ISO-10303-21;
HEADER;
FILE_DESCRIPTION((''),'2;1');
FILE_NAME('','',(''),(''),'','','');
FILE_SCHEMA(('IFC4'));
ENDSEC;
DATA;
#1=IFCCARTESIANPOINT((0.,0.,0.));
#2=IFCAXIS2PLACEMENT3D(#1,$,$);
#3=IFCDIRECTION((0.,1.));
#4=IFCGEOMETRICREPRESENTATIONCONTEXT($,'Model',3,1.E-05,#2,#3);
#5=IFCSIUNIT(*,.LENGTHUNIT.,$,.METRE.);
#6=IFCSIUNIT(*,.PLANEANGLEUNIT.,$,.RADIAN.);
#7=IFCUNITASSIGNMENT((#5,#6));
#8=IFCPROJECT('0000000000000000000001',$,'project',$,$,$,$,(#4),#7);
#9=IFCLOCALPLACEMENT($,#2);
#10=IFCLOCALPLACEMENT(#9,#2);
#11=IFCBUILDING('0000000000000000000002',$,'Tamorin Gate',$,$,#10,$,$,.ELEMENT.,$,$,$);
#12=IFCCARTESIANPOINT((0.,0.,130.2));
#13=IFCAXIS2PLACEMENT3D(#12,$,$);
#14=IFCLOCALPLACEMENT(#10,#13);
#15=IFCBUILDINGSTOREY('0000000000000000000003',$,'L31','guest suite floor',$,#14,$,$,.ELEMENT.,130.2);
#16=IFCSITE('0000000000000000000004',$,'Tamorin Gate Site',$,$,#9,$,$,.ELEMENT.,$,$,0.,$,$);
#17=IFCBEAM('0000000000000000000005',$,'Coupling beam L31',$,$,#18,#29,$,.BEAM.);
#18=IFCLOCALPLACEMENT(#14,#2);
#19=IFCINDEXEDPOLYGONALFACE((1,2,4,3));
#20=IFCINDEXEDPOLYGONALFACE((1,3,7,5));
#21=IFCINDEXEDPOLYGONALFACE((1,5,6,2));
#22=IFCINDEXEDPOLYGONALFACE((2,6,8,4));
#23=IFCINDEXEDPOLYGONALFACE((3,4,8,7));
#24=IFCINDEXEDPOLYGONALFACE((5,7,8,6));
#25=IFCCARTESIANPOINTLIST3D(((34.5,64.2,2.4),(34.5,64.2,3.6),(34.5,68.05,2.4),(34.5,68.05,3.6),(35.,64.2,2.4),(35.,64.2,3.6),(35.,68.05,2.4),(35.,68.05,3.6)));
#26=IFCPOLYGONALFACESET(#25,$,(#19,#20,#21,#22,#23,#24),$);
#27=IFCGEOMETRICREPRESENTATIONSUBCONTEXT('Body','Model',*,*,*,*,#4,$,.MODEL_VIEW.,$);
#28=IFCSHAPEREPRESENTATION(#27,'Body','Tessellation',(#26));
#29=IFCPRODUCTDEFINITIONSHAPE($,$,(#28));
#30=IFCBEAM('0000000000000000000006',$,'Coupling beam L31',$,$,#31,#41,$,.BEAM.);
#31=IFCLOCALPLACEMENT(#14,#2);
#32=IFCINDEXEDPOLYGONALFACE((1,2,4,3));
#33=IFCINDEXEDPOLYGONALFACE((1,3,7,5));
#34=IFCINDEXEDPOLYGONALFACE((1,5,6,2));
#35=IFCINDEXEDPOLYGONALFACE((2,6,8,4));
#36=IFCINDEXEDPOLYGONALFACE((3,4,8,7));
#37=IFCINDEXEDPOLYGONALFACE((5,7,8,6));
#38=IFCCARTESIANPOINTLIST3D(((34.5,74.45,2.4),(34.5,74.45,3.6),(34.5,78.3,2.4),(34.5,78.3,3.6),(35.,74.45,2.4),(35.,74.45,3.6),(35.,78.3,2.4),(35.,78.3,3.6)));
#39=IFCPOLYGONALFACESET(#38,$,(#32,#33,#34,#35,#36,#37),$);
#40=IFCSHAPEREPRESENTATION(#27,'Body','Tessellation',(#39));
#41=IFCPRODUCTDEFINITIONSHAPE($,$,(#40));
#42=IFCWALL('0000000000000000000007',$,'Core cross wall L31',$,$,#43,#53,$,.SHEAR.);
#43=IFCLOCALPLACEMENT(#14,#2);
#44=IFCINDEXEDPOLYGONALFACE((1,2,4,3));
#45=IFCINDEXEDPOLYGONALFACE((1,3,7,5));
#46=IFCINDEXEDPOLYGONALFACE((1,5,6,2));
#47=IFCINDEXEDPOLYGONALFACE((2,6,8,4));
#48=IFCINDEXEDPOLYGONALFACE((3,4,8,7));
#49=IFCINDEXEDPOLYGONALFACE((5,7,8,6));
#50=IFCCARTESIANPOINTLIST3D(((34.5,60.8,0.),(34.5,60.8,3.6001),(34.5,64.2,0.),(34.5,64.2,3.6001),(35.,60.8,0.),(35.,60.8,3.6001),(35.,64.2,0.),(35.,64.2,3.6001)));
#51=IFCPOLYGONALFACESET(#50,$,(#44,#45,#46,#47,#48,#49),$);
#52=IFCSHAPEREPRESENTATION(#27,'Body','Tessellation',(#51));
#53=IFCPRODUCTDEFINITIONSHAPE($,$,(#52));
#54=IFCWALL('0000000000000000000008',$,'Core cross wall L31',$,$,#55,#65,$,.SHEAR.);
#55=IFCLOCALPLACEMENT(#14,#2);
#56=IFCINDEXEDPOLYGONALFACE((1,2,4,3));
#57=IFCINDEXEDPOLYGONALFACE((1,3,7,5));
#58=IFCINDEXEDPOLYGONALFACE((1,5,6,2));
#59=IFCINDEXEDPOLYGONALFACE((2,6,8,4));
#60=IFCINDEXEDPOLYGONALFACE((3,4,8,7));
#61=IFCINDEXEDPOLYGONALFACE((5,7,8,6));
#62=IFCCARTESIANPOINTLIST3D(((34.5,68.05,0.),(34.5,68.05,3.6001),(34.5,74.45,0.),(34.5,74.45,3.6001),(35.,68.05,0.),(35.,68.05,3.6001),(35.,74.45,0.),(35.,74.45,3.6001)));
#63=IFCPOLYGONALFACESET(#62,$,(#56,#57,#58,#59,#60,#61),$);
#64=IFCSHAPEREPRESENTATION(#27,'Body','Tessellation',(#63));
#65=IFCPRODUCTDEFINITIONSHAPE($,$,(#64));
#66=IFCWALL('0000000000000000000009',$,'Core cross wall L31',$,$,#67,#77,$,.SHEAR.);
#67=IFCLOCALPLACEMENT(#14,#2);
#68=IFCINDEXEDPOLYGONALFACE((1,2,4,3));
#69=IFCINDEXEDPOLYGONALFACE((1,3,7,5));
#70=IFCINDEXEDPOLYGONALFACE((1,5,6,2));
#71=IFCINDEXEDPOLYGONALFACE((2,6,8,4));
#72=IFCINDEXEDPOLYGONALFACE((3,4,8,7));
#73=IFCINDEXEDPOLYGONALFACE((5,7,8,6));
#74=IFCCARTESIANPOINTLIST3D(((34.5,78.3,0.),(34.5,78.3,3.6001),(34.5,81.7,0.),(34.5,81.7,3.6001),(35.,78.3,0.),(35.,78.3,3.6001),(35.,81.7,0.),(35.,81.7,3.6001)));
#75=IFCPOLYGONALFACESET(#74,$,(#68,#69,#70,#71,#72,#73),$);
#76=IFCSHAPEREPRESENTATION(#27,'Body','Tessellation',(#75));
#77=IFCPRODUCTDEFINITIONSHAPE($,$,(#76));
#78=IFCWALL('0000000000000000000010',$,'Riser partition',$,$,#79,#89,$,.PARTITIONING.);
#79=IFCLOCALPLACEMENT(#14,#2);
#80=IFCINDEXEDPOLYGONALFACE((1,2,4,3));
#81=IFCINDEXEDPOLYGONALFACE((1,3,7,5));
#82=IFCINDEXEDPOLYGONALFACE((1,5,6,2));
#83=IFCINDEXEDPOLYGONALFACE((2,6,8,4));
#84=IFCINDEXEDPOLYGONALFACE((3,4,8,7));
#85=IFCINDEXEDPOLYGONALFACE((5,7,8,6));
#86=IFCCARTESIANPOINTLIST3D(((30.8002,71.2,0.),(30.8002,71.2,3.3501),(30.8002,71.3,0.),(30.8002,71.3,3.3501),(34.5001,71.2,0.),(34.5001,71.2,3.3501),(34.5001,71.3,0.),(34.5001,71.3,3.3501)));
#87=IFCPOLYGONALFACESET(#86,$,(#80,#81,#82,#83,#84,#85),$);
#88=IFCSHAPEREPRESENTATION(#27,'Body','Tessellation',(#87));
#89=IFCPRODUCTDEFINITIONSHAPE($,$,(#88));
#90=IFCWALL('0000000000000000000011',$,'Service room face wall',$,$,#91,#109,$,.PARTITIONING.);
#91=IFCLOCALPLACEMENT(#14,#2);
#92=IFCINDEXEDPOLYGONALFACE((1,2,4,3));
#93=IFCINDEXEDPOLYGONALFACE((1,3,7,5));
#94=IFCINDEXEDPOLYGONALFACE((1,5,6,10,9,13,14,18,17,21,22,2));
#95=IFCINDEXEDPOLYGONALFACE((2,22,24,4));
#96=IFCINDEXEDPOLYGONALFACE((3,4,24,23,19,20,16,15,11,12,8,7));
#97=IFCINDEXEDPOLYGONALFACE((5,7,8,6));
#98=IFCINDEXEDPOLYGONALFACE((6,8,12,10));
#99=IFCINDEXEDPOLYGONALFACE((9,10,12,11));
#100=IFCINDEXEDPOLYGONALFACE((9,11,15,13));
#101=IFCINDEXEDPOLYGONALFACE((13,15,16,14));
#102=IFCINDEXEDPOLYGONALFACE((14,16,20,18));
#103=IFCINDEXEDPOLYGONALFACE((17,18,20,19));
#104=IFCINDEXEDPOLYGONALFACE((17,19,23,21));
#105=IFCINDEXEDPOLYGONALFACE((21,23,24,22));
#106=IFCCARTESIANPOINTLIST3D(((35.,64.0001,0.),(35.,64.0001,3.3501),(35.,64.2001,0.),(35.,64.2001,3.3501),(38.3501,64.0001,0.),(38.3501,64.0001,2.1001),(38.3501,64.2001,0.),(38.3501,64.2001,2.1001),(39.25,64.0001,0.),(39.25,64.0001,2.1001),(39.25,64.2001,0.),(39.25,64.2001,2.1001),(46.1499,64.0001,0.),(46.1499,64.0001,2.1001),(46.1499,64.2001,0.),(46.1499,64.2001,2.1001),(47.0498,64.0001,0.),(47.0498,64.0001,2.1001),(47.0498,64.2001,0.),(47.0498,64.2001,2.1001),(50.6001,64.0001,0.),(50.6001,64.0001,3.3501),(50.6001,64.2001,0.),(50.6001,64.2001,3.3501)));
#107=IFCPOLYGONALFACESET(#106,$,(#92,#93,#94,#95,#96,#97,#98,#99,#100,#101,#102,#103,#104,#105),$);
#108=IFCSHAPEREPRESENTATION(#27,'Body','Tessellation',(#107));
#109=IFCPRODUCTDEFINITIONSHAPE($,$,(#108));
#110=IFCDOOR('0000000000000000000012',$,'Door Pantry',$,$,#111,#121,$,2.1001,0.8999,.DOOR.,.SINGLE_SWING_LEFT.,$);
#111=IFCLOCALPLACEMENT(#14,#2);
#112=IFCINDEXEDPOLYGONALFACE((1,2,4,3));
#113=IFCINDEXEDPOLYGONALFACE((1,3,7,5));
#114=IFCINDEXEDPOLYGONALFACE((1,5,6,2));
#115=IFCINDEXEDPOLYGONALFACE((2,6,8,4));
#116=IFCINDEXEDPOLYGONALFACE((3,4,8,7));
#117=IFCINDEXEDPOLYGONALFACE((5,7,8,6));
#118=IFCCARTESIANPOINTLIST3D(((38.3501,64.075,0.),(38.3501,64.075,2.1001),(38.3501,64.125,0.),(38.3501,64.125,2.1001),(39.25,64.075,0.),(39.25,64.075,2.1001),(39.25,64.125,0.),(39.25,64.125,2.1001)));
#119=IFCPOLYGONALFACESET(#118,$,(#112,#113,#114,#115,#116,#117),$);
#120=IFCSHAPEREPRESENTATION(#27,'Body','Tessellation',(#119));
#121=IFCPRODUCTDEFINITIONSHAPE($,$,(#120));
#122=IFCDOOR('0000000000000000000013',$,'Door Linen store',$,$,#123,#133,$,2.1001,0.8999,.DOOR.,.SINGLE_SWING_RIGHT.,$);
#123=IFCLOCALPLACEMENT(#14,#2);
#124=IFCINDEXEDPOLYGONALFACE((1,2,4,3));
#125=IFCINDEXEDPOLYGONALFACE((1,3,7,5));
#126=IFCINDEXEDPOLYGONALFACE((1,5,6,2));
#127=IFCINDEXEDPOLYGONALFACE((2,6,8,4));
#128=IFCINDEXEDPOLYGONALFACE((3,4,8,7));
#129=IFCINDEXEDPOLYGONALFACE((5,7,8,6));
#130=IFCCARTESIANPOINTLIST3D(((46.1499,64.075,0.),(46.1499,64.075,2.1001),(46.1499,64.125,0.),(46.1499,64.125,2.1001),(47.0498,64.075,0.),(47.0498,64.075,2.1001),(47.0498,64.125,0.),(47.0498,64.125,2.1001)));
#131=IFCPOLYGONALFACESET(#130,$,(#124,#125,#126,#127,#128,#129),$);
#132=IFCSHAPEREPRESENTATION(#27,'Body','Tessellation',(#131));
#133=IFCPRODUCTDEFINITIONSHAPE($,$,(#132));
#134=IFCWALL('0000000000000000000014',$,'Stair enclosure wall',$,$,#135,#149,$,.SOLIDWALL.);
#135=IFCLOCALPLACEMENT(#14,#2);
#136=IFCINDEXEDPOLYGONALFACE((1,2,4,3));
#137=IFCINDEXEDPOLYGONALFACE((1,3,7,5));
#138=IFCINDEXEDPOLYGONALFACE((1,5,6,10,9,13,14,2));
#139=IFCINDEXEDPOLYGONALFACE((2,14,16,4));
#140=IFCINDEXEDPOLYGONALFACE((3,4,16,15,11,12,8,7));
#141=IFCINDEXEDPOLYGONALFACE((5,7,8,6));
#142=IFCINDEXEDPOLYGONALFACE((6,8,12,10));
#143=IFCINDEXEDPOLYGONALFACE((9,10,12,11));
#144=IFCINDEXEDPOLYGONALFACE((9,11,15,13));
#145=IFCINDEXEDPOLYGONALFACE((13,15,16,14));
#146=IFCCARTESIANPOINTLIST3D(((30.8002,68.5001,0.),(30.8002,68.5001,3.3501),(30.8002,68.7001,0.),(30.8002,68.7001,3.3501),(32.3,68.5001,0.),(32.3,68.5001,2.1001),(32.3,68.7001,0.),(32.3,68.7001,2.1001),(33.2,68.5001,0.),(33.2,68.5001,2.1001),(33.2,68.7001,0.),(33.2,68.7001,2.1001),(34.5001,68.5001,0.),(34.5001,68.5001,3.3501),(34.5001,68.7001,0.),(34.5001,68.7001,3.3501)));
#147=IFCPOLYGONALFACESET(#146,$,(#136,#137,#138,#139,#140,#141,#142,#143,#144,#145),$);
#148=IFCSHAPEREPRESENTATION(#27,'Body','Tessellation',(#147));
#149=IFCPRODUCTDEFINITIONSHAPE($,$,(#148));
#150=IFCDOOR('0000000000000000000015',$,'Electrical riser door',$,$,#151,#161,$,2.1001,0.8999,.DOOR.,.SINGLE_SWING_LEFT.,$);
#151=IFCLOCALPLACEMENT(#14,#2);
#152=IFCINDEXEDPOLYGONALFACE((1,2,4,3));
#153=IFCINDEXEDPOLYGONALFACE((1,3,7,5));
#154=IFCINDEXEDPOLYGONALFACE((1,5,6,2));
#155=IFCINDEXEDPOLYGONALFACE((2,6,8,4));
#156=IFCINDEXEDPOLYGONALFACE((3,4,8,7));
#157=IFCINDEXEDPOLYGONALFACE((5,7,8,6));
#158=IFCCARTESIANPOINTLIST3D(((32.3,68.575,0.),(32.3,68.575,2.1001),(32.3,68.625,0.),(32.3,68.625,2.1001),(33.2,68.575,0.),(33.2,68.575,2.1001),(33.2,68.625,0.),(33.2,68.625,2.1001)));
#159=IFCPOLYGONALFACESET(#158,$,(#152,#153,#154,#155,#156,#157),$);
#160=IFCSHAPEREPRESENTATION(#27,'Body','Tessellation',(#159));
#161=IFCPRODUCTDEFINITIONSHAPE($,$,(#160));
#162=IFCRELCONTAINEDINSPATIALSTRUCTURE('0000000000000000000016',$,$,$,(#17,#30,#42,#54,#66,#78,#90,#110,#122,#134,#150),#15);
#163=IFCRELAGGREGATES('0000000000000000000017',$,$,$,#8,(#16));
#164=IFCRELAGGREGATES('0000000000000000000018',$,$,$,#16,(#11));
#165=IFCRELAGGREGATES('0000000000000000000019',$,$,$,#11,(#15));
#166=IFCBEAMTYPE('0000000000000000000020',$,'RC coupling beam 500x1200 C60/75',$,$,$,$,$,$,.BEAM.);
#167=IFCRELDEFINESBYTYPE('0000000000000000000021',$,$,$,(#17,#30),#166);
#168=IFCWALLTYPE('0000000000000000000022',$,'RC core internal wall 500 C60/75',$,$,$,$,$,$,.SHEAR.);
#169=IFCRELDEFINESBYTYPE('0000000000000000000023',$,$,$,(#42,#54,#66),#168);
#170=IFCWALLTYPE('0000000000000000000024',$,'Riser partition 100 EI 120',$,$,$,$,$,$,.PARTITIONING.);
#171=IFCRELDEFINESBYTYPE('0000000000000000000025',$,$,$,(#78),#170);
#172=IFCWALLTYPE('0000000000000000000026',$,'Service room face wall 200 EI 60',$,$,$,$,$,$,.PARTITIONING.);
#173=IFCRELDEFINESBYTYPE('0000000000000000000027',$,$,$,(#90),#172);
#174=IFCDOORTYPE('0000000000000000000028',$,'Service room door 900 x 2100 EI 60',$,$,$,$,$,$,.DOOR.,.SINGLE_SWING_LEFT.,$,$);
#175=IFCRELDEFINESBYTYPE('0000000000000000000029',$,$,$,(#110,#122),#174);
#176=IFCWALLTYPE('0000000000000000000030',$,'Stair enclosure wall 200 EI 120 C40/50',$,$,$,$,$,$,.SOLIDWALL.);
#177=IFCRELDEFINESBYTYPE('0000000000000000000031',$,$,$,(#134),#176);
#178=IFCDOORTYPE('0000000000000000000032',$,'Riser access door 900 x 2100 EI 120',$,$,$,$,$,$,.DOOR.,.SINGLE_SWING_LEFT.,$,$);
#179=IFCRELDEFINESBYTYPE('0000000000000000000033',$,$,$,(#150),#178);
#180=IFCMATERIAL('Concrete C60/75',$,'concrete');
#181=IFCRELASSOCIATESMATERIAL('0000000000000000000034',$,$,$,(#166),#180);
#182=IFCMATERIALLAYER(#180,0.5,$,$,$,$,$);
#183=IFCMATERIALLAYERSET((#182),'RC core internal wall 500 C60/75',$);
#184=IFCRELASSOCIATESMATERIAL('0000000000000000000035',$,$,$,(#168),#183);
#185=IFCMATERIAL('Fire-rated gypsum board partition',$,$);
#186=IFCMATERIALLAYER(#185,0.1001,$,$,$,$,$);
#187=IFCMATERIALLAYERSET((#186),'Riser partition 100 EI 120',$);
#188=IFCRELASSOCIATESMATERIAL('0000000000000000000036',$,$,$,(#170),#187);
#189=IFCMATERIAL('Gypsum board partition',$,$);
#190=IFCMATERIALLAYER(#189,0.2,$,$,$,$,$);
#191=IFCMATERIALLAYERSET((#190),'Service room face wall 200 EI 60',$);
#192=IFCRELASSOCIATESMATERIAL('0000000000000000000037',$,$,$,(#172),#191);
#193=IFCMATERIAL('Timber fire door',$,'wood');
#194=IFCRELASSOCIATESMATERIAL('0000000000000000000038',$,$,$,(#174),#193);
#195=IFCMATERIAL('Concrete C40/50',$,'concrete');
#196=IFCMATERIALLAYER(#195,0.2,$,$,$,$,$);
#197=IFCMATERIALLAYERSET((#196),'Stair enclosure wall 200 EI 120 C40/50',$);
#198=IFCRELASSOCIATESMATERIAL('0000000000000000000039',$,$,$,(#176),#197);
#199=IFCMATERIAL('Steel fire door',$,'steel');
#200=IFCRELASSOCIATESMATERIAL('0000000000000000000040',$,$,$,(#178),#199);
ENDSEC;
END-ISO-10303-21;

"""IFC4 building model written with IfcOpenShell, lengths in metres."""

from ifc_helpers import new_model, si_unit, direction, frame, frame_2d, origin, origin_2d, place, context, subcontext, project, spatial, rectangle, extrude, material, layer, layer_set, material_profile, profile_set, type_object, element, fill, save


model = new_model("IFC4")

# Units and contexts
model_context = context("Model", 3, precision=1e-05, world=origin(), true_north=direction((0.0, 1.0)))
body_context = subcontext(model_context, "Body", "Model", "MODEL_VIEW")
ifc_project = project(units=[si_unit("LENGTHUNIT", "METRE"), si_unit("PLANEANGLEUNIT", "RADIAN")], contexts=[model_context])

# Site, building, storey
site_placement = place(None, origin())
site = spatial("IfcSite", under=ifc_project, at=site_placement, Name="Tamorin Gate Site", CompositionType="ELEMENT", RefElevation=0.0)
building_placement = place(site_placement, origin())
building = spatial("IfcBuilding", under=site, at=building_placement, Name="Tamorin Gate", CompositionType="ELEMENT")
storey_placement = place(building_placement, frame((0.0, 0.0, 130.2)))
storey = spatial("IfcBuildingStorey", under=building, at=storey_placement, Name="L31", Description="guest suite floor", CompositionType="ELEMENT", Elevation=130.2)

# Beams
ifc_material_1 = material(Name="Concrete C60/75", Category="concrete")
ifc_material_profile = material_profile(ifc_material_1, rectangle(XDim=0.5, YDim=1.2, at=origin_2d()), Name="RC 500x1200")
ifc_profile_set = profile_set([ifc_material_profile], Name="Concrete C60/75")
beam_type = type_object("IfcBeamType", Name="RC coupling beam 500x1200 C60/75", PredefinedType="BEAM", material=ifc_profile_set)
for number, where, z_axis, x_axis, name in (
    (1, (34.75, 64.2, 3.0), (0.0, 1.0, 0.0), (-1.0, 0.0, 0.0), "Coupling beam L31"),
    (2, (34.75, 74.45, 3.0), (0.0, 1.0, 0.0), (-1.0, 0.0, 0.0), "Coupling beam L31"),
):
    element("IfcBeam", number, at=place(storey_placement, frame(where, z_axis=z_axis, x_axis=x_axis)), inside=storey, type_object=beam_type, Name=name, PredefinedType="BEAM", context=body_context, shape_type="SweptSolid", body=[
        extrude(rectangle(XDim=0.5, YDim=1.2, at=origin_2d()), origin(), (0.0, 0.0, 1.0), 3.8501),
    ])

# Walls
ifc_layer_1 = layer(ifc_material_1, 0.5)
ifc_layer_set_1 = layer_set([ifc_layer_1], Name="RC core internal wall 500 C60/75")
wall_type_1 = type_object("IfcWallType", Name="RC core internal wall 500 C60/75", PredefinedType="SHEAR", material=ifc_layer_set_1)
wall_1_placement = place(storey_placement, frame((34.75, 60.8, 0.0), z_axis=(0.0, 0.0, 1.0), x_axis=(0.0, 1.0, 0.0)))
element("IfcWall", 3, at=wall_1_placement, inside=storey, type_object=wall_type_1, Name="Core cross wall L31", PredefinedType="SHEAR", context=body_context, shape_type="SweptSolid", body=[
    extrude(rectangle(XDim=3.3999, YDim=0.5, at=frame_2d((1.7, 0.0))), origin(), (0.0, 0.0, 1.0), 3.6001),
])
wall_2_placement = place(storey_placement, frame((34.75, 68.05, 0.0), z_axis=(0.0, 0.0, 1.0), x_axis=(0.0, 1.0, 0.0)))
element("IfcWall", 4, at=wall_2_placement, inside=storey, type_object=wall_type_1, Name="Core cross wall L31", PredefinedType="SHEAR", context=body_context, shape_type="SweptSolid", body=[
    extrude(rectangle(XDim=6.3999, YDim=0.5, at=frame_2d((3.2, 0.0))), origin(), (0.0, 0.0, 1.0), 3.6001),
])
wall_3_placement = place(storey_placement, frame((34.75, 78.3, 0.0), z_axis=(0.0, 0.0, 1.0), x_axis=(0.0, 1.0, 0.0)))
element("IfcWall", 5, at=wall_3_placement, inside=storey, type_object=wall_type_1, Name="Core cross wall L31", PredefinedType="SHEAR", context=body_context, shape_type="SweptSolid", body=[
    extrude(rectangle(XDim=3.3999, YDim=0.5, at=frame_2d((1.7, 0.0))), origin(), (0.0, 0.0, 1.0), 3.6001),
])
ifc_material_2 = material(Name="Fire-rated gypsum board partition")
ifc_layer_2 = layer(ifc_material_2, 0.1001)
ifc_layer_set_2 = layer_set([ifc_layer_2], Name="Riser partition 100 EI 120")
wall_type_2 = type_object("IfcWallType", Name="Riser partition 100 EI 120", PredefinedType="PARTITIONING", material=ifc_layer_set_2)
wall_4_placement = place(storey_placement, frame((30.8, 71.25, 0.0), z_axis=(0.0, 0.0, 1.0), x_axis=(1.0, 0.0, 0.0)))
element("IfcWall", 6, at=wall_4_placement, inside=storey, type_object=wall_type_2, Name="Riser partition", PredefinedType="PARTITIONING", context=body_context, shape_type="SweptSolid", body=[
    extrude(rectangle(XDim=3.7, YDim=0.1001, at=frame_2d((1.8501, 0.0))), origin(), (0.0, 0.0, 1.0), 3.3501),
])

# Wall, openings, doors
ifc_material_3 = material(Name="Gypsum board partition")
ifc_layer_3 = layer(ifc_material_3, 0.2)
ifc_layer_set_3 = layer_set([ifc_layer_3], Name="Service room face wall 200 EI 60")
wall_type_3 = type_object("IfcWallType", Name="Service room face wall 200 EI 60", PredefinedType="PARTITIONING", material=ifc_layer_set_3)
wall_5_placement = place(storey_placement, frame((35.0, 64.1001, 0.0), z_axis=(0.0, 0.0, 1.0), x_axis=(1.0, 0.0, 0.0)))
wall_5 = element("IfcWall", 7, at=wall_5_placement, inside=storey, type_object=wall_type_3, Name="Service room face wall", PredefinedType="PARTITIONING", context=body_context, shape_type="SweptSolid", body=[
    extrude(rectangle(XDim=15.6001, YDim=0.2, at=frame_2d((7.8, 0.0))), origin(), (0.0, 0.0, 1.0), 3.3501),
])
opening_1_placement = place(wall_5_placement, frame((3.3501, 0.0, 0.0)))
opening_1 = element("IfcOpeningElement", 8, at=opening_1_placement, cuts=wall_5, PredefinedType="OPENING", context=body_context, shape_type="SweptSolid", body=[
    extrude(rectangle(XDim=0.8999, YDim=2.1001, at=frame_2d((0.45, 1.05))), frame((0.0, 0.1099, 0.0), z_axis=(0.0, -1.0, 0.0), x_axis=(1.0, 0.0, 0.0)), (0.0, 0.0, 1.0), 0.22),
])
opening_2_placement = place(wall_5_placement, frame((11.1499, 0.0, 0.0)))
opening_2 = element("IfcOpeningElement", 9, at=opening_2_placement, cuts=wall_5, PredefinedType="OPENING", context=body_context, shape_type="SweptSolid", body=[
    extrude(rectangle(XDim=0.8999, YDim=2.1001, at=frame_2d((0.45, 1.05))), frame((0.0, 0.1099, 0.0), z_axis=(0.0, -1.0, 0.0), x_axis=(1.0, 0.0, 0.0)), (0.0, 0.0, 1.0), 0.22),
])
ifc_material_4 = material(Name="Timber fire door", Category="wood")
door_type_1 = type_object("IfcDoorType", Name="Service room door 900 x 2100 EI 60", OperationType="SINGLE_SWING_LEFT", PredefinedType="DOOR", material=ifc_material_4)
door_1_placement = place(opening_1_placement, origin())
door_1 = element("IfcDoor", 10, at=door_1_placement, inside=storey, type_object=door_type_1, Name="Door Pantry", OperationType="SINGLE_SWING_LEFT", OverallHeight=2.1001, OverallWidth=0.8999, PredefinedType="DOOR", context=body_context, shape_type="SweptSolid", body=[
    extrude(rectangle(XDim=0.8999, YDim=2.1001, at=frame_2d((0.45, 1.05))), frame((0.0, 0.0249, 0.0), z_axis=(0.0, -1.0, 0.0), x_axis=(1.0, 0.0, 0.0)), (0.0, 0.0, 1.0), 0.05),
])
fill(opening_1, door_1)
door_2_placement = place(opening_2_placement, origin())
door_2 = element("IfcDoor", 11, at=door_2_placement, inside=storey, type_object=door_type_1, Name="Door Linen store", OperationType="SINGLE_SWING_RIGHT", OverallHeight=2.1001, OverallWidth=0.8999, PredefinedType="DOOR", context=body_context, shape_type="SweptSolid", body=[
    extrude(rectangle(XDim=0.8999, YDim=2.1001, at=frame_2d((0.45, 1.05))), frame((0.0, 0.0249, 0.0), z_axis=(0.0, -1.0, 0.0), x_axis=(1.0, 0.0, 0.0)), (0.0, 0.0, 1.0), 0.05),
])
fill(opening_2, door_2)

# Wall, opening, door
ifc_material_5 = material(Name="Concrete C40/50", Category="concrete")
ifc_layer_4 = layer(ifc_material_5, 0.2)
ifc_layer_set_4 = layer_set([ifc_layer_4], Name="Stair enclosure wall 200 EI 120 C40/50")
wall_type_4 = type_object("IfcWallType", Name="Stair enclosure wall 200 EI 120 C40/50", PredefinedType="SOLIDWALL", material=ifc_layer_set_4)
wall_6_placement = place(storey_placement, frame((30.8, 68.6001, 0.0), z_axis=(0.0, 0.0, 1.0), x_axis=(1.0, 0.0, 0.0)))
wall_6 = element("IfcWall", 12, at=wall_6_placement, inside=storey, type_object=wall_type_4, Name="Stair enclosure wall", PredefinedType="SOLIDWALL", context=body_context, shape_type="SweptSolid", body=[
    extrude(rectangle(XDim=3.7, YDim=0.2, at=frame_2d((1.8501, 0.0))), origin(), (0.0, 0.0, 1.0), 3.3501),
])
opening_3_placement = place(wall_6_placement, frame((1.5, 0.0, 0.0)))
opening_3 = element("IfcOpeningElement", 13, at=opening_3_placement, cuts=wall_6, PredefinedType="OPENING", context=body_context, shape_type="SweptSolid", body=[
    extrude(rectangle(XDim=0.8999, YDim=2.1001, at=frame_2d((0.45, 1.05))), frame((0.0, 0.1099, 0.0), z_axis=(0.0, -1.0, 0.0), x_axis=(1.0, 0.0, 0.0)), (0.0, 0.0, 1.0), 0.22),
])
ifc_material_6 = material(Name="Steel fire door", Category="steel")
door_type_2 = type_object("IfcDoorType", Name="Riser access door 900 x 2100 EI 120", OperationType="SINGLE_SWING_LEFT", PredefinedType="DOOR", material=ifc_material_6)
door_3_placement = place(opening_3_placement, origin())
door_3 = element("IfcDoor", 14, at=door_3_placement, inside=storey, type_object=door_type_2, Name="Electrical riser door", OperationType="SINGLE_SWING_LEFT", OverallHeight=2.1001, OverallWidth=0.8999, PredefinedType="DOOR", context=body_context, shape_type="SweptSolid", body=[
    extrude(rectangle(XDim=0.8999, YDim=2.1001, at=frame_2d((0.45, 1.05))), frame((0.0, 0.0249, 0.0), z_axis=(0.0, -1.0, 0.0), x_axis=(1.0, 0.0, 0.0)), (0.0, 0.0, 1.0), 0.05),
])
fill(opening_3, door_3)

save(model, "model.ifc")
